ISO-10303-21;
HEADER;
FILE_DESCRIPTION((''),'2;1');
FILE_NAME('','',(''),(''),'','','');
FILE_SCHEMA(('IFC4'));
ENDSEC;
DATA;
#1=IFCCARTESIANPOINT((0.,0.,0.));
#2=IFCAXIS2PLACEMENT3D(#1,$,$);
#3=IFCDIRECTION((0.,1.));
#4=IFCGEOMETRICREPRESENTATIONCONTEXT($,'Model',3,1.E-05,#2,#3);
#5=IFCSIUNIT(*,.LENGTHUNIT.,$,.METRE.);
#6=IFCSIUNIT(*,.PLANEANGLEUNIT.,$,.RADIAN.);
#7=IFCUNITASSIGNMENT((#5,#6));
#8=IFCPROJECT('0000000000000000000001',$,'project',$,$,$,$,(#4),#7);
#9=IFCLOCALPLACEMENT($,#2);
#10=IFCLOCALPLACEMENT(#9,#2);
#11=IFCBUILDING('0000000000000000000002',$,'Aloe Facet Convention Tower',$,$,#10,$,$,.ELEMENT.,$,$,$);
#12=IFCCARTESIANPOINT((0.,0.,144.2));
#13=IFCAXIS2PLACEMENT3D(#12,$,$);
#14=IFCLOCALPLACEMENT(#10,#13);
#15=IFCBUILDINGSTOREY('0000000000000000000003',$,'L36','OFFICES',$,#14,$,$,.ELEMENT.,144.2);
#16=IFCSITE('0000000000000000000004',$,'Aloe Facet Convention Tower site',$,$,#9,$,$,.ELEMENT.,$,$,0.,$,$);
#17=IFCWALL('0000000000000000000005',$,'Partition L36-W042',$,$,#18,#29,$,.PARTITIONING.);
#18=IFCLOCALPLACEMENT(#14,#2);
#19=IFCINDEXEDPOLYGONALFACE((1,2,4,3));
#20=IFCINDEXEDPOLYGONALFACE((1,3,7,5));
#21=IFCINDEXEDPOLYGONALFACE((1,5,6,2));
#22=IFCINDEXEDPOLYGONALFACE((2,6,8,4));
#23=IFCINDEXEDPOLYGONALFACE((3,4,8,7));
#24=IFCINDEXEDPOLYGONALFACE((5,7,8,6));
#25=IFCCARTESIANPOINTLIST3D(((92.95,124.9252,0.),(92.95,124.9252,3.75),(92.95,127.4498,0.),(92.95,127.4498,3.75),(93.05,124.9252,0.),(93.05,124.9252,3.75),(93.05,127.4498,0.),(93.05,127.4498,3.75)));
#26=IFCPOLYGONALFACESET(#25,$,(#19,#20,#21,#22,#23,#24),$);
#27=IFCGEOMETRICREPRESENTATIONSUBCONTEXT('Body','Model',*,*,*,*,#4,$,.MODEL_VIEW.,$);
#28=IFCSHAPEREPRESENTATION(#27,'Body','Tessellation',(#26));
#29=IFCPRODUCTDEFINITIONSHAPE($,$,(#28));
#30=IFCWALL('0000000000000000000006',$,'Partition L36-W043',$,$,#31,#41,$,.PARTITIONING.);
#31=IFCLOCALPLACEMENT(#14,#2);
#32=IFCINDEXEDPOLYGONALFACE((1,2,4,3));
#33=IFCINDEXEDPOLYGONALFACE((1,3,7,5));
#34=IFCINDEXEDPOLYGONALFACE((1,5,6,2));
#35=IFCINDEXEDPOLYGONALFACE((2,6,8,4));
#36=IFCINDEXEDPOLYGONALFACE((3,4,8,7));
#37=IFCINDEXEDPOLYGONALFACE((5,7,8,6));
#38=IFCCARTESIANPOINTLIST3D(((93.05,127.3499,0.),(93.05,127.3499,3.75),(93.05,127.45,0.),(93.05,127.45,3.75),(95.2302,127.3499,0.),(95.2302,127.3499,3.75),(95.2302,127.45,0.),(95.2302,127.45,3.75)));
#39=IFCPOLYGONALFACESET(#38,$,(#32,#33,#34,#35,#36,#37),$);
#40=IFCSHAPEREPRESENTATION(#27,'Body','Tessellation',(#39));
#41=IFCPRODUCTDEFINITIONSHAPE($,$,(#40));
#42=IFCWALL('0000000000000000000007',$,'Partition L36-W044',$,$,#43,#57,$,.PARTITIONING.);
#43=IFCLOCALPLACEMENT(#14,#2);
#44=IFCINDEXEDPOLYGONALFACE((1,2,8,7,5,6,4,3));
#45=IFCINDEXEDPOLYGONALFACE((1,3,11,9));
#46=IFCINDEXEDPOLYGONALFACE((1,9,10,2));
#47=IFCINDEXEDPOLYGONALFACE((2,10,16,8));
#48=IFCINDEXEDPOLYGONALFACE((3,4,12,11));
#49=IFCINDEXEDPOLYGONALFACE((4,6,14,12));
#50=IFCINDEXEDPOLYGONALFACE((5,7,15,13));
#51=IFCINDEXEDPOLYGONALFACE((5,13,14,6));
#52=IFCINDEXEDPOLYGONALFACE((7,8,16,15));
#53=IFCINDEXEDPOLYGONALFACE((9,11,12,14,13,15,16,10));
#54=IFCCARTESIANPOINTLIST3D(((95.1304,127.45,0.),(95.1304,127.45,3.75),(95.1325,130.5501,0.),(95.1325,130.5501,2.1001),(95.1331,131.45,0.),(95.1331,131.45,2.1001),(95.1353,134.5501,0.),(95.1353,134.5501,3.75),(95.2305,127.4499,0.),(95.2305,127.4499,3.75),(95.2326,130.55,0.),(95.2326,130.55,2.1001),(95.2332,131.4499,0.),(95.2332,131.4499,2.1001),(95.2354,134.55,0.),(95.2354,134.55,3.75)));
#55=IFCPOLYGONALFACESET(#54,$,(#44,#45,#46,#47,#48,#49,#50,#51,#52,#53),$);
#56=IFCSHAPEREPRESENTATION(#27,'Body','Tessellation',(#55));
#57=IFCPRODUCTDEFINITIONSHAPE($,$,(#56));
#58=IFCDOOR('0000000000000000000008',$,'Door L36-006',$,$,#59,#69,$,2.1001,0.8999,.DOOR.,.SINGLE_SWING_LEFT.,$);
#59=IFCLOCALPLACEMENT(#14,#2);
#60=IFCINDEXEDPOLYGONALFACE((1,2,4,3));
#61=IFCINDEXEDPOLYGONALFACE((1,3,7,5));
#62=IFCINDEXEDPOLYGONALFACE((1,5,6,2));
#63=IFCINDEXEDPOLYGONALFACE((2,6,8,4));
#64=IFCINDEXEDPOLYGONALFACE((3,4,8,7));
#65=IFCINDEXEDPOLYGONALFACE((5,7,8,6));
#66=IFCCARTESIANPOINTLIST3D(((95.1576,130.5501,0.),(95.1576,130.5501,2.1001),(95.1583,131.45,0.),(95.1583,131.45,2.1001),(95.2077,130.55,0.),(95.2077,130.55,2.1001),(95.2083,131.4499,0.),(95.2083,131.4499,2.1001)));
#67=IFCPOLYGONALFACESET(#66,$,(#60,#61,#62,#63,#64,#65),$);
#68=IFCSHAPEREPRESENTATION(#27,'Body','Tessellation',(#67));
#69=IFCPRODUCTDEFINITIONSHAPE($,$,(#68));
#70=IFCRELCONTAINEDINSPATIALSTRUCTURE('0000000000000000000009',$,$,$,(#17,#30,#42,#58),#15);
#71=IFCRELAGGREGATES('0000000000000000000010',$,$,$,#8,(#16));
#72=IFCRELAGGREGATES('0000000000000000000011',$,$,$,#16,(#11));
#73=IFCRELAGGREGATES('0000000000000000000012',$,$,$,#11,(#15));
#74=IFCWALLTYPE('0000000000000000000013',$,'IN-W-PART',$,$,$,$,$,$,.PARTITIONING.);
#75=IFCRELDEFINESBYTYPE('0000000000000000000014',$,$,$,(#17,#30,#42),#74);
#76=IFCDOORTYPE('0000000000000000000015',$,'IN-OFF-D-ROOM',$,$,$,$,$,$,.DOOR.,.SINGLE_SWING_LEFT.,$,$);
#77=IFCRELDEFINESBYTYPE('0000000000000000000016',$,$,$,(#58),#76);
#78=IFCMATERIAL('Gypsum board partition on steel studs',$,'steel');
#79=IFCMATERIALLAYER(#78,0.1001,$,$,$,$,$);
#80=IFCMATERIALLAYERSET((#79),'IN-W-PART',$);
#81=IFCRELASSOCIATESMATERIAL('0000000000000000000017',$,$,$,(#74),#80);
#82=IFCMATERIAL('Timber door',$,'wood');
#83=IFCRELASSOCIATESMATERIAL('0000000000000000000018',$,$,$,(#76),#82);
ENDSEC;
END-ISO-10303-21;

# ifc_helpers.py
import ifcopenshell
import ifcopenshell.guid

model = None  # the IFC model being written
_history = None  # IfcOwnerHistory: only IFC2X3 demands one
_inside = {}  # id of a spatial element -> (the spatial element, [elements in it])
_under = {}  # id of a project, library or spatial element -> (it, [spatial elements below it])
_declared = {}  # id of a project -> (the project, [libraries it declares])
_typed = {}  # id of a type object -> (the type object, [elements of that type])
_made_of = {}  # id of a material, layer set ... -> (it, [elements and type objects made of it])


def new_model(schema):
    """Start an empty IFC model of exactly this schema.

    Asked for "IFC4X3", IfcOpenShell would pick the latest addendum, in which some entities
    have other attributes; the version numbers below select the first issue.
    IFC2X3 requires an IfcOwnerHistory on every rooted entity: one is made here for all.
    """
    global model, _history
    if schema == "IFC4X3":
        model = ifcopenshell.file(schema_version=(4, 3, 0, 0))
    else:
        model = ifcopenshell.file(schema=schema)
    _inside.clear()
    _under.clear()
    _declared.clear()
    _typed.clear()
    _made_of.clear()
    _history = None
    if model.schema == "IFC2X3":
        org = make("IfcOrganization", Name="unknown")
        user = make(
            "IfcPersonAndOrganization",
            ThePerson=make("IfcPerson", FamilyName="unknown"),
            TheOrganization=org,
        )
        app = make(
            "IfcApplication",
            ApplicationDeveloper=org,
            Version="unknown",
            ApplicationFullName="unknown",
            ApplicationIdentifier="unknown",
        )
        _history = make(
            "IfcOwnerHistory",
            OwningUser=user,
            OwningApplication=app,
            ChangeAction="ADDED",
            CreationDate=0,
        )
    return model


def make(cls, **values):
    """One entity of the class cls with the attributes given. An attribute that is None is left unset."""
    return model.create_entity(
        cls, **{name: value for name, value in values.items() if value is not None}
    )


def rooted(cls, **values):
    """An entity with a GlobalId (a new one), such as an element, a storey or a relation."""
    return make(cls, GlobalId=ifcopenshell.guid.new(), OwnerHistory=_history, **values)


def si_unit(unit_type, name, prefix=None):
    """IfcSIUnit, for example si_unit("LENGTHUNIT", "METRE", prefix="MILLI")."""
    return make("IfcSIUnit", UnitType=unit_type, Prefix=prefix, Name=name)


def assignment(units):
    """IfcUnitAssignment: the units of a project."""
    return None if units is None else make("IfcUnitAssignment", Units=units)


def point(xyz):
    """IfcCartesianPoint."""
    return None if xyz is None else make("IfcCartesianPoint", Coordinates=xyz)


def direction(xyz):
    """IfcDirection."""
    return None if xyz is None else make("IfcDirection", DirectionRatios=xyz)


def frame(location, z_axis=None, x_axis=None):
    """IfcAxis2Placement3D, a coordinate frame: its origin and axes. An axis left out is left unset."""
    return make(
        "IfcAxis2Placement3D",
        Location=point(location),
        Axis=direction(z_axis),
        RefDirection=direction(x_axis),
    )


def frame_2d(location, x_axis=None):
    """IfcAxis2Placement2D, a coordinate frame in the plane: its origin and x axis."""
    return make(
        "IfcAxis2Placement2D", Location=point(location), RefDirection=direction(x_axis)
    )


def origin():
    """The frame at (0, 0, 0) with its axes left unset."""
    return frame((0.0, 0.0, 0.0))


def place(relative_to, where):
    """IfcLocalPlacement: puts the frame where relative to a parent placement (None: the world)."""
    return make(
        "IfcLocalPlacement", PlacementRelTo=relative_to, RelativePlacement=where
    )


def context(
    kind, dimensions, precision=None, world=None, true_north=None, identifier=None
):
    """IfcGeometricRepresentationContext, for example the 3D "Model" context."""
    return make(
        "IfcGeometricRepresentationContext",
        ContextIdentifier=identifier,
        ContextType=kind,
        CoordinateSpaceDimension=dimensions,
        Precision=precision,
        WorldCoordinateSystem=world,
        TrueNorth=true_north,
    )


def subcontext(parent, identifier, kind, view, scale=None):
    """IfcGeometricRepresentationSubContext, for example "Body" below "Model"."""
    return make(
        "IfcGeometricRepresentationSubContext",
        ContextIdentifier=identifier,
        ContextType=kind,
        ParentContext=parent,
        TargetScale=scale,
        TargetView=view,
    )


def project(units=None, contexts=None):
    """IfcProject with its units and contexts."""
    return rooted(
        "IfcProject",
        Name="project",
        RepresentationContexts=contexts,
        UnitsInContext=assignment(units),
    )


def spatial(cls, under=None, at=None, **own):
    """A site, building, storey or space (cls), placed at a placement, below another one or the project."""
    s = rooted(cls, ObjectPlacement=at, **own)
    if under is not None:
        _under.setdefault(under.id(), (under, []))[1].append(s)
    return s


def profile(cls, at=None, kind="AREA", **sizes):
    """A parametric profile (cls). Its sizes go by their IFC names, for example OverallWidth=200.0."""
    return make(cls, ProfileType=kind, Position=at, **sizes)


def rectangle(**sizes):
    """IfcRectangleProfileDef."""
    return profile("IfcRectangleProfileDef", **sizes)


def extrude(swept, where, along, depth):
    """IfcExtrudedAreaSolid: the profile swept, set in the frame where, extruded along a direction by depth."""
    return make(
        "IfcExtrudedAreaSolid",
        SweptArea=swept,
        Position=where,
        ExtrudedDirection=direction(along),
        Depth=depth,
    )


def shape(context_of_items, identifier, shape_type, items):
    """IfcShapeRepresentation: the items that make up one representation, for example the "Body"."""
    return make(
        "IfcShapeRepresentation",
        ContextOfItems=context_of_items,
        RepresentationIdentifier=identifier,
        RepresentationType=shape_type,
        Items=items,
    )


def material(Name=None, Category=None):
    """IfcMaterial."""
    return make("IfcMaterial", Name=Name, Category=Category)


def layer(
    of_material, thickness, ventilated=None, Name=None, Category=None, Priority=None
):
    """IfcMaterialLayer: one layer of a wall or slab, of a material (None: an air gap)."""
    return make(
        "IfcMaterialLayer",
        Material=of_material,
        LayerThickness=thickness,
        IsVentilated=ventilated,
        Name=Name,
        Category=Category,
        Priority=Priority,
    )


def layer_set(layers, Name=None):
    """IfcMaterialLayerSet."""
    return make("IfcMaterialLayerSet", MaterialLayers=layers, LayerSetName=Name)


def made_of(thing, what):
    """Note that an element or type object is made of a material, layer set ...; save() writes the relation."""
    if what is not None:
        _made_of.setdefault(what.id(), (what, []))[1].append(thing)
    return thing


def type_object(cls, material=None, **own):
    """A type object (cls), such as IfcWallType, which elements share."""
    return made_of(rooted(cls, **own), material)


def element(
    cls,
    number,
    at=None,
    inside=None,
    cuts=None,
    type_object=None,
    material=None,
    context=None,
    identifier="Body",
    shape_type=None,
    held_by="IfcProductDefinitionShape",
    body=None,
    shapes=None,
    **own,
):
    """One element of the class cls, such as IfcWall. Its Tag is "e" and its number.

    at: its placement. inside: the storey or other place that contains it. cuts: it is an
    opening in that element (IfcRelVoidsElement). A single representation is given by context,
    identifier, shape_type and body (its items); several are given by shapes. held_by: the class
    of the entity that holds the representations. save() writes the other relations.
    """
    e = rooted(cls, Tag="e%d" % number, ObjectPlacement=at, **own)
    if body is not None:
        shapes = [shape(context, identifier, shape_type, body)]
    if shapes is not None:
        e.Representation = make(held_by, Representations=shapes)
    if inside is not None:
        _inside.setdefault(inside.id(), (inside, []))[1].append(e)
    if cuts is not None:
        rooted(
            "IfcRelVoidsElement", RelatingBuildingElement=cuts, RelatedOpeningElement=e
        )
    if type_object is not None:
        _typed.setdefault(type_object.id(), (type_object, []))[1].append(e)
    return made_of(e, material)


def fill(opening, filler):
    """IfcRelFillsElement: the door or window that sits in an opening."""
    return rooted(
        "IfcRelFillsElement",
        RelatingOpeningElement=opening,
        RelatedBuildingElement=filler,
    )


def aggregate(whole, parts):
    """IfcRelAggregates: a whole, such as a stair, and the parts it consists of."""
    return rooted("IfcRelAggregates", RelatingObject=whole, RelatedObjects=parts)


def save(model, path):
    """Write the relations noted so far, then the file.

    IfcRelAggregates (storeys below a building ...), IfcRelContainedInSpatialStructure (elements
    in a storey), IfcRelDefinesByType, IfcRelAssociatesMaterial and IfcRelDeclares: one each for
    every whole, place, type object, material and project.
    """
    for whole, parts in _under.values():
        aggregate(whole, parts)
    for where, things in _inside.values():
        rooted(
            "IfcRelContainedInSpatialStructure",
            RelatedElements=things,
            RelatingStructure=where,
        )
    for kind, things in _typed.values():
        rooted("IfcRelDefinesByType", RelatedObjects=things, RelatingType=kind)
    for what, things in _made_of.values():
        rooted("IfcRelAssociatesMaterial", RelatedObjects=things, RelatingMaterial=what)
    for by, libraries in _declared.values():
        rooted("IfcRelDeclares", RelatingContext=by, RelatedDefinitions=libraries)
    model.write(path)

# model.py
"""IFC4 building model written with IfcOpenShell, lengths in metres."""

from ifc_helpers import new_model, si_unit, direction, frame, frame_2d, origin, place, context, subcontext, project, spatial, rectangle, extrude, material, layer, layer_set, type_object, element, fill, save


model = new_model("IFC4")

# Units and contexts
model_context = context("Model", 3, precision=1e-05, world=origin(), true_north=direction((0.0, 1.0)))
body_context = subcontext(model_context, "Body", "Model", "MODEL_VIEW")
ifc_project = project(units=[si_unit("LENGTHUNIT", "METRE"), si_unit("PLANEANGLEUNIT", "RADIAN")], contexts=[model_context])

# Site, building, storey
site_placement = place(None, origin())
site = spatial("IfcSite", under=ifc_project, at=site_placement, Name="Aloe Facet Convention Tower site", CompositionType="ELEMENT", RefElevation=0.0)
building_placement = place(site_placement, origin())
building = spatial("IfcBuilding", under=site, at=building_placement, Name="Aloe Facet Convention Tower", CompositionType="ELEMENT")
storey_placement = place(building_placement, frame((0.0, 0.0, 144.2)))
storey = spatial("IfcBuildingStorey", under=building, at=storey_placement, Name="L36", Description="OFFICES", CompositionType="ELEMENT", Elevation=144.2)

# Shared definitions
ifc_material_1 = material(Name="Gypsum board partition on steel studs", Category="steel")
ifc_layer_1 = layer(ifc_material_1, 0.1001)
ifc_layer_set_1 = layer_set([ifc_layer_1], Name="IN-W-PART")
wall_type_1 = type_object("IfcWallType", Name="IN-W-PART", PredefinedType="PARTITIONING", material=ifc_layer_set_1)
ifc_material_2 = material(Name="Timber door", Category="wood")
door_type = type_object("IfcDoorType", Name="IN-OFF-D-ROOM", OperationType="SINGLE_SWING_LEFT", PredefinedType="DOOR", material=ifc_material_2)

# Walls
wall_1_placement = place(storey_placement, frame((93.0, 124.9253, 0.0), z_axis=(0.0, 0.0, 1.0), x_axis=(0.0, 1.0, 0.0)))
element("IfcWall", 1, at=wall_1_placement, inside=storey, type_object=wall_type_1, Name="Partition L36-W042", PredefinedType="PARTITIONING", context=body_context, shape_type="SweptSolid", body=[
    extrude(rectangle(XDim=2.5247, YDim=0.1001, at=frame_2d((1.2622, 0.0))), origin(), (0.0, 0.0, 1.0), 3.75),
])
wall_2_placement = place(storey_placement, frame((93.05, 127.3999, 0.0), z_axis=(0.0, 0.0, 1.0), x_axis=(1.0, 0.0, 0.0)))
element("IfcWall", 2, at=wall_2_placement, inside=storey, type_object=wall_type_1, Name="Partition L36-W043", PredefinedType="PARTITIONING", context=body_context, shape_type="SweptSolid", body=[
    extrude(rectangle(XDim=2.1802, YDim=0.1001, at=frame_2d((1.0901, 0.0))), origin(), (0.0, 0.0, 1.0), 3.75),
])

# Wall, opening, door
wall_3_placement = place(storey_placement, frame((95.1804, 127.45, 0.0), z_axis=(0.0, 0.0, 1.0), x_axis=(0.000688, 1.0, 0.0)))
wall_3 = element("IfcWall", 3, at=wall_3_placement, inside=storey, type_object=wall_type_1, Name="Partition L36-W044", PredefinedType="PARTITIONING", context=body_context, shape_type="SweptSolid", body=[
    extrude(rectangle(XDim=7.1001, YDim=0.1001, at=frame_2d((3.55, 0.0))), origin(), (0.0, 0.0, 1.0), 3.75),
])
opening_1_placement = place(wall_3_placement, frame((3.1001, 0.0, 0.0)))
opening_1 = element("IfcOpeningElement", 4, at=opening_1_placement, cuts=wall_3, PredefinedType="OPENING", context=body_context, shape_type="SweptSolid", body=[
    extrude(rectangle(XDim=0.8999, YDim=2.1001, at=frame_2d((0.45, 1.05))), frame((0.0, 0.0601, 0.0), z_axis=(0.0, -1.0, 0.0), x_axis=(1.0, 0.0, 0.0)), (0.0, 0.0, 1.0), 0.1201),
])
door_1_placement = place(opening_1_placement, origin())
door_1 = element("IfcDoor", 5, at=door_1_placement, inside=storey, type_object=door_type, Name="Door L36-006", OperationType="SINGLE_SWING_LEFT", OverallHeight=2.1001, OverallWidth=0.8999, PredefinedType="DOOR", context=body_context, shape_type="SweptSolid", body=[
    extrude(rectangle(XDim=0.8999, YDim=2.1001, at=frame_2d((0.45, 1.05))), frame((0.0, 0.0249, 0.0), z_axis=(0.0, -1.0, 0.0), x_axis=(1.0, 0.0, 0.0)), (0.0, 0.0, 1.0), 0.05),
])
fill(opening_1, door_1)

save(model, "model.ifc")
